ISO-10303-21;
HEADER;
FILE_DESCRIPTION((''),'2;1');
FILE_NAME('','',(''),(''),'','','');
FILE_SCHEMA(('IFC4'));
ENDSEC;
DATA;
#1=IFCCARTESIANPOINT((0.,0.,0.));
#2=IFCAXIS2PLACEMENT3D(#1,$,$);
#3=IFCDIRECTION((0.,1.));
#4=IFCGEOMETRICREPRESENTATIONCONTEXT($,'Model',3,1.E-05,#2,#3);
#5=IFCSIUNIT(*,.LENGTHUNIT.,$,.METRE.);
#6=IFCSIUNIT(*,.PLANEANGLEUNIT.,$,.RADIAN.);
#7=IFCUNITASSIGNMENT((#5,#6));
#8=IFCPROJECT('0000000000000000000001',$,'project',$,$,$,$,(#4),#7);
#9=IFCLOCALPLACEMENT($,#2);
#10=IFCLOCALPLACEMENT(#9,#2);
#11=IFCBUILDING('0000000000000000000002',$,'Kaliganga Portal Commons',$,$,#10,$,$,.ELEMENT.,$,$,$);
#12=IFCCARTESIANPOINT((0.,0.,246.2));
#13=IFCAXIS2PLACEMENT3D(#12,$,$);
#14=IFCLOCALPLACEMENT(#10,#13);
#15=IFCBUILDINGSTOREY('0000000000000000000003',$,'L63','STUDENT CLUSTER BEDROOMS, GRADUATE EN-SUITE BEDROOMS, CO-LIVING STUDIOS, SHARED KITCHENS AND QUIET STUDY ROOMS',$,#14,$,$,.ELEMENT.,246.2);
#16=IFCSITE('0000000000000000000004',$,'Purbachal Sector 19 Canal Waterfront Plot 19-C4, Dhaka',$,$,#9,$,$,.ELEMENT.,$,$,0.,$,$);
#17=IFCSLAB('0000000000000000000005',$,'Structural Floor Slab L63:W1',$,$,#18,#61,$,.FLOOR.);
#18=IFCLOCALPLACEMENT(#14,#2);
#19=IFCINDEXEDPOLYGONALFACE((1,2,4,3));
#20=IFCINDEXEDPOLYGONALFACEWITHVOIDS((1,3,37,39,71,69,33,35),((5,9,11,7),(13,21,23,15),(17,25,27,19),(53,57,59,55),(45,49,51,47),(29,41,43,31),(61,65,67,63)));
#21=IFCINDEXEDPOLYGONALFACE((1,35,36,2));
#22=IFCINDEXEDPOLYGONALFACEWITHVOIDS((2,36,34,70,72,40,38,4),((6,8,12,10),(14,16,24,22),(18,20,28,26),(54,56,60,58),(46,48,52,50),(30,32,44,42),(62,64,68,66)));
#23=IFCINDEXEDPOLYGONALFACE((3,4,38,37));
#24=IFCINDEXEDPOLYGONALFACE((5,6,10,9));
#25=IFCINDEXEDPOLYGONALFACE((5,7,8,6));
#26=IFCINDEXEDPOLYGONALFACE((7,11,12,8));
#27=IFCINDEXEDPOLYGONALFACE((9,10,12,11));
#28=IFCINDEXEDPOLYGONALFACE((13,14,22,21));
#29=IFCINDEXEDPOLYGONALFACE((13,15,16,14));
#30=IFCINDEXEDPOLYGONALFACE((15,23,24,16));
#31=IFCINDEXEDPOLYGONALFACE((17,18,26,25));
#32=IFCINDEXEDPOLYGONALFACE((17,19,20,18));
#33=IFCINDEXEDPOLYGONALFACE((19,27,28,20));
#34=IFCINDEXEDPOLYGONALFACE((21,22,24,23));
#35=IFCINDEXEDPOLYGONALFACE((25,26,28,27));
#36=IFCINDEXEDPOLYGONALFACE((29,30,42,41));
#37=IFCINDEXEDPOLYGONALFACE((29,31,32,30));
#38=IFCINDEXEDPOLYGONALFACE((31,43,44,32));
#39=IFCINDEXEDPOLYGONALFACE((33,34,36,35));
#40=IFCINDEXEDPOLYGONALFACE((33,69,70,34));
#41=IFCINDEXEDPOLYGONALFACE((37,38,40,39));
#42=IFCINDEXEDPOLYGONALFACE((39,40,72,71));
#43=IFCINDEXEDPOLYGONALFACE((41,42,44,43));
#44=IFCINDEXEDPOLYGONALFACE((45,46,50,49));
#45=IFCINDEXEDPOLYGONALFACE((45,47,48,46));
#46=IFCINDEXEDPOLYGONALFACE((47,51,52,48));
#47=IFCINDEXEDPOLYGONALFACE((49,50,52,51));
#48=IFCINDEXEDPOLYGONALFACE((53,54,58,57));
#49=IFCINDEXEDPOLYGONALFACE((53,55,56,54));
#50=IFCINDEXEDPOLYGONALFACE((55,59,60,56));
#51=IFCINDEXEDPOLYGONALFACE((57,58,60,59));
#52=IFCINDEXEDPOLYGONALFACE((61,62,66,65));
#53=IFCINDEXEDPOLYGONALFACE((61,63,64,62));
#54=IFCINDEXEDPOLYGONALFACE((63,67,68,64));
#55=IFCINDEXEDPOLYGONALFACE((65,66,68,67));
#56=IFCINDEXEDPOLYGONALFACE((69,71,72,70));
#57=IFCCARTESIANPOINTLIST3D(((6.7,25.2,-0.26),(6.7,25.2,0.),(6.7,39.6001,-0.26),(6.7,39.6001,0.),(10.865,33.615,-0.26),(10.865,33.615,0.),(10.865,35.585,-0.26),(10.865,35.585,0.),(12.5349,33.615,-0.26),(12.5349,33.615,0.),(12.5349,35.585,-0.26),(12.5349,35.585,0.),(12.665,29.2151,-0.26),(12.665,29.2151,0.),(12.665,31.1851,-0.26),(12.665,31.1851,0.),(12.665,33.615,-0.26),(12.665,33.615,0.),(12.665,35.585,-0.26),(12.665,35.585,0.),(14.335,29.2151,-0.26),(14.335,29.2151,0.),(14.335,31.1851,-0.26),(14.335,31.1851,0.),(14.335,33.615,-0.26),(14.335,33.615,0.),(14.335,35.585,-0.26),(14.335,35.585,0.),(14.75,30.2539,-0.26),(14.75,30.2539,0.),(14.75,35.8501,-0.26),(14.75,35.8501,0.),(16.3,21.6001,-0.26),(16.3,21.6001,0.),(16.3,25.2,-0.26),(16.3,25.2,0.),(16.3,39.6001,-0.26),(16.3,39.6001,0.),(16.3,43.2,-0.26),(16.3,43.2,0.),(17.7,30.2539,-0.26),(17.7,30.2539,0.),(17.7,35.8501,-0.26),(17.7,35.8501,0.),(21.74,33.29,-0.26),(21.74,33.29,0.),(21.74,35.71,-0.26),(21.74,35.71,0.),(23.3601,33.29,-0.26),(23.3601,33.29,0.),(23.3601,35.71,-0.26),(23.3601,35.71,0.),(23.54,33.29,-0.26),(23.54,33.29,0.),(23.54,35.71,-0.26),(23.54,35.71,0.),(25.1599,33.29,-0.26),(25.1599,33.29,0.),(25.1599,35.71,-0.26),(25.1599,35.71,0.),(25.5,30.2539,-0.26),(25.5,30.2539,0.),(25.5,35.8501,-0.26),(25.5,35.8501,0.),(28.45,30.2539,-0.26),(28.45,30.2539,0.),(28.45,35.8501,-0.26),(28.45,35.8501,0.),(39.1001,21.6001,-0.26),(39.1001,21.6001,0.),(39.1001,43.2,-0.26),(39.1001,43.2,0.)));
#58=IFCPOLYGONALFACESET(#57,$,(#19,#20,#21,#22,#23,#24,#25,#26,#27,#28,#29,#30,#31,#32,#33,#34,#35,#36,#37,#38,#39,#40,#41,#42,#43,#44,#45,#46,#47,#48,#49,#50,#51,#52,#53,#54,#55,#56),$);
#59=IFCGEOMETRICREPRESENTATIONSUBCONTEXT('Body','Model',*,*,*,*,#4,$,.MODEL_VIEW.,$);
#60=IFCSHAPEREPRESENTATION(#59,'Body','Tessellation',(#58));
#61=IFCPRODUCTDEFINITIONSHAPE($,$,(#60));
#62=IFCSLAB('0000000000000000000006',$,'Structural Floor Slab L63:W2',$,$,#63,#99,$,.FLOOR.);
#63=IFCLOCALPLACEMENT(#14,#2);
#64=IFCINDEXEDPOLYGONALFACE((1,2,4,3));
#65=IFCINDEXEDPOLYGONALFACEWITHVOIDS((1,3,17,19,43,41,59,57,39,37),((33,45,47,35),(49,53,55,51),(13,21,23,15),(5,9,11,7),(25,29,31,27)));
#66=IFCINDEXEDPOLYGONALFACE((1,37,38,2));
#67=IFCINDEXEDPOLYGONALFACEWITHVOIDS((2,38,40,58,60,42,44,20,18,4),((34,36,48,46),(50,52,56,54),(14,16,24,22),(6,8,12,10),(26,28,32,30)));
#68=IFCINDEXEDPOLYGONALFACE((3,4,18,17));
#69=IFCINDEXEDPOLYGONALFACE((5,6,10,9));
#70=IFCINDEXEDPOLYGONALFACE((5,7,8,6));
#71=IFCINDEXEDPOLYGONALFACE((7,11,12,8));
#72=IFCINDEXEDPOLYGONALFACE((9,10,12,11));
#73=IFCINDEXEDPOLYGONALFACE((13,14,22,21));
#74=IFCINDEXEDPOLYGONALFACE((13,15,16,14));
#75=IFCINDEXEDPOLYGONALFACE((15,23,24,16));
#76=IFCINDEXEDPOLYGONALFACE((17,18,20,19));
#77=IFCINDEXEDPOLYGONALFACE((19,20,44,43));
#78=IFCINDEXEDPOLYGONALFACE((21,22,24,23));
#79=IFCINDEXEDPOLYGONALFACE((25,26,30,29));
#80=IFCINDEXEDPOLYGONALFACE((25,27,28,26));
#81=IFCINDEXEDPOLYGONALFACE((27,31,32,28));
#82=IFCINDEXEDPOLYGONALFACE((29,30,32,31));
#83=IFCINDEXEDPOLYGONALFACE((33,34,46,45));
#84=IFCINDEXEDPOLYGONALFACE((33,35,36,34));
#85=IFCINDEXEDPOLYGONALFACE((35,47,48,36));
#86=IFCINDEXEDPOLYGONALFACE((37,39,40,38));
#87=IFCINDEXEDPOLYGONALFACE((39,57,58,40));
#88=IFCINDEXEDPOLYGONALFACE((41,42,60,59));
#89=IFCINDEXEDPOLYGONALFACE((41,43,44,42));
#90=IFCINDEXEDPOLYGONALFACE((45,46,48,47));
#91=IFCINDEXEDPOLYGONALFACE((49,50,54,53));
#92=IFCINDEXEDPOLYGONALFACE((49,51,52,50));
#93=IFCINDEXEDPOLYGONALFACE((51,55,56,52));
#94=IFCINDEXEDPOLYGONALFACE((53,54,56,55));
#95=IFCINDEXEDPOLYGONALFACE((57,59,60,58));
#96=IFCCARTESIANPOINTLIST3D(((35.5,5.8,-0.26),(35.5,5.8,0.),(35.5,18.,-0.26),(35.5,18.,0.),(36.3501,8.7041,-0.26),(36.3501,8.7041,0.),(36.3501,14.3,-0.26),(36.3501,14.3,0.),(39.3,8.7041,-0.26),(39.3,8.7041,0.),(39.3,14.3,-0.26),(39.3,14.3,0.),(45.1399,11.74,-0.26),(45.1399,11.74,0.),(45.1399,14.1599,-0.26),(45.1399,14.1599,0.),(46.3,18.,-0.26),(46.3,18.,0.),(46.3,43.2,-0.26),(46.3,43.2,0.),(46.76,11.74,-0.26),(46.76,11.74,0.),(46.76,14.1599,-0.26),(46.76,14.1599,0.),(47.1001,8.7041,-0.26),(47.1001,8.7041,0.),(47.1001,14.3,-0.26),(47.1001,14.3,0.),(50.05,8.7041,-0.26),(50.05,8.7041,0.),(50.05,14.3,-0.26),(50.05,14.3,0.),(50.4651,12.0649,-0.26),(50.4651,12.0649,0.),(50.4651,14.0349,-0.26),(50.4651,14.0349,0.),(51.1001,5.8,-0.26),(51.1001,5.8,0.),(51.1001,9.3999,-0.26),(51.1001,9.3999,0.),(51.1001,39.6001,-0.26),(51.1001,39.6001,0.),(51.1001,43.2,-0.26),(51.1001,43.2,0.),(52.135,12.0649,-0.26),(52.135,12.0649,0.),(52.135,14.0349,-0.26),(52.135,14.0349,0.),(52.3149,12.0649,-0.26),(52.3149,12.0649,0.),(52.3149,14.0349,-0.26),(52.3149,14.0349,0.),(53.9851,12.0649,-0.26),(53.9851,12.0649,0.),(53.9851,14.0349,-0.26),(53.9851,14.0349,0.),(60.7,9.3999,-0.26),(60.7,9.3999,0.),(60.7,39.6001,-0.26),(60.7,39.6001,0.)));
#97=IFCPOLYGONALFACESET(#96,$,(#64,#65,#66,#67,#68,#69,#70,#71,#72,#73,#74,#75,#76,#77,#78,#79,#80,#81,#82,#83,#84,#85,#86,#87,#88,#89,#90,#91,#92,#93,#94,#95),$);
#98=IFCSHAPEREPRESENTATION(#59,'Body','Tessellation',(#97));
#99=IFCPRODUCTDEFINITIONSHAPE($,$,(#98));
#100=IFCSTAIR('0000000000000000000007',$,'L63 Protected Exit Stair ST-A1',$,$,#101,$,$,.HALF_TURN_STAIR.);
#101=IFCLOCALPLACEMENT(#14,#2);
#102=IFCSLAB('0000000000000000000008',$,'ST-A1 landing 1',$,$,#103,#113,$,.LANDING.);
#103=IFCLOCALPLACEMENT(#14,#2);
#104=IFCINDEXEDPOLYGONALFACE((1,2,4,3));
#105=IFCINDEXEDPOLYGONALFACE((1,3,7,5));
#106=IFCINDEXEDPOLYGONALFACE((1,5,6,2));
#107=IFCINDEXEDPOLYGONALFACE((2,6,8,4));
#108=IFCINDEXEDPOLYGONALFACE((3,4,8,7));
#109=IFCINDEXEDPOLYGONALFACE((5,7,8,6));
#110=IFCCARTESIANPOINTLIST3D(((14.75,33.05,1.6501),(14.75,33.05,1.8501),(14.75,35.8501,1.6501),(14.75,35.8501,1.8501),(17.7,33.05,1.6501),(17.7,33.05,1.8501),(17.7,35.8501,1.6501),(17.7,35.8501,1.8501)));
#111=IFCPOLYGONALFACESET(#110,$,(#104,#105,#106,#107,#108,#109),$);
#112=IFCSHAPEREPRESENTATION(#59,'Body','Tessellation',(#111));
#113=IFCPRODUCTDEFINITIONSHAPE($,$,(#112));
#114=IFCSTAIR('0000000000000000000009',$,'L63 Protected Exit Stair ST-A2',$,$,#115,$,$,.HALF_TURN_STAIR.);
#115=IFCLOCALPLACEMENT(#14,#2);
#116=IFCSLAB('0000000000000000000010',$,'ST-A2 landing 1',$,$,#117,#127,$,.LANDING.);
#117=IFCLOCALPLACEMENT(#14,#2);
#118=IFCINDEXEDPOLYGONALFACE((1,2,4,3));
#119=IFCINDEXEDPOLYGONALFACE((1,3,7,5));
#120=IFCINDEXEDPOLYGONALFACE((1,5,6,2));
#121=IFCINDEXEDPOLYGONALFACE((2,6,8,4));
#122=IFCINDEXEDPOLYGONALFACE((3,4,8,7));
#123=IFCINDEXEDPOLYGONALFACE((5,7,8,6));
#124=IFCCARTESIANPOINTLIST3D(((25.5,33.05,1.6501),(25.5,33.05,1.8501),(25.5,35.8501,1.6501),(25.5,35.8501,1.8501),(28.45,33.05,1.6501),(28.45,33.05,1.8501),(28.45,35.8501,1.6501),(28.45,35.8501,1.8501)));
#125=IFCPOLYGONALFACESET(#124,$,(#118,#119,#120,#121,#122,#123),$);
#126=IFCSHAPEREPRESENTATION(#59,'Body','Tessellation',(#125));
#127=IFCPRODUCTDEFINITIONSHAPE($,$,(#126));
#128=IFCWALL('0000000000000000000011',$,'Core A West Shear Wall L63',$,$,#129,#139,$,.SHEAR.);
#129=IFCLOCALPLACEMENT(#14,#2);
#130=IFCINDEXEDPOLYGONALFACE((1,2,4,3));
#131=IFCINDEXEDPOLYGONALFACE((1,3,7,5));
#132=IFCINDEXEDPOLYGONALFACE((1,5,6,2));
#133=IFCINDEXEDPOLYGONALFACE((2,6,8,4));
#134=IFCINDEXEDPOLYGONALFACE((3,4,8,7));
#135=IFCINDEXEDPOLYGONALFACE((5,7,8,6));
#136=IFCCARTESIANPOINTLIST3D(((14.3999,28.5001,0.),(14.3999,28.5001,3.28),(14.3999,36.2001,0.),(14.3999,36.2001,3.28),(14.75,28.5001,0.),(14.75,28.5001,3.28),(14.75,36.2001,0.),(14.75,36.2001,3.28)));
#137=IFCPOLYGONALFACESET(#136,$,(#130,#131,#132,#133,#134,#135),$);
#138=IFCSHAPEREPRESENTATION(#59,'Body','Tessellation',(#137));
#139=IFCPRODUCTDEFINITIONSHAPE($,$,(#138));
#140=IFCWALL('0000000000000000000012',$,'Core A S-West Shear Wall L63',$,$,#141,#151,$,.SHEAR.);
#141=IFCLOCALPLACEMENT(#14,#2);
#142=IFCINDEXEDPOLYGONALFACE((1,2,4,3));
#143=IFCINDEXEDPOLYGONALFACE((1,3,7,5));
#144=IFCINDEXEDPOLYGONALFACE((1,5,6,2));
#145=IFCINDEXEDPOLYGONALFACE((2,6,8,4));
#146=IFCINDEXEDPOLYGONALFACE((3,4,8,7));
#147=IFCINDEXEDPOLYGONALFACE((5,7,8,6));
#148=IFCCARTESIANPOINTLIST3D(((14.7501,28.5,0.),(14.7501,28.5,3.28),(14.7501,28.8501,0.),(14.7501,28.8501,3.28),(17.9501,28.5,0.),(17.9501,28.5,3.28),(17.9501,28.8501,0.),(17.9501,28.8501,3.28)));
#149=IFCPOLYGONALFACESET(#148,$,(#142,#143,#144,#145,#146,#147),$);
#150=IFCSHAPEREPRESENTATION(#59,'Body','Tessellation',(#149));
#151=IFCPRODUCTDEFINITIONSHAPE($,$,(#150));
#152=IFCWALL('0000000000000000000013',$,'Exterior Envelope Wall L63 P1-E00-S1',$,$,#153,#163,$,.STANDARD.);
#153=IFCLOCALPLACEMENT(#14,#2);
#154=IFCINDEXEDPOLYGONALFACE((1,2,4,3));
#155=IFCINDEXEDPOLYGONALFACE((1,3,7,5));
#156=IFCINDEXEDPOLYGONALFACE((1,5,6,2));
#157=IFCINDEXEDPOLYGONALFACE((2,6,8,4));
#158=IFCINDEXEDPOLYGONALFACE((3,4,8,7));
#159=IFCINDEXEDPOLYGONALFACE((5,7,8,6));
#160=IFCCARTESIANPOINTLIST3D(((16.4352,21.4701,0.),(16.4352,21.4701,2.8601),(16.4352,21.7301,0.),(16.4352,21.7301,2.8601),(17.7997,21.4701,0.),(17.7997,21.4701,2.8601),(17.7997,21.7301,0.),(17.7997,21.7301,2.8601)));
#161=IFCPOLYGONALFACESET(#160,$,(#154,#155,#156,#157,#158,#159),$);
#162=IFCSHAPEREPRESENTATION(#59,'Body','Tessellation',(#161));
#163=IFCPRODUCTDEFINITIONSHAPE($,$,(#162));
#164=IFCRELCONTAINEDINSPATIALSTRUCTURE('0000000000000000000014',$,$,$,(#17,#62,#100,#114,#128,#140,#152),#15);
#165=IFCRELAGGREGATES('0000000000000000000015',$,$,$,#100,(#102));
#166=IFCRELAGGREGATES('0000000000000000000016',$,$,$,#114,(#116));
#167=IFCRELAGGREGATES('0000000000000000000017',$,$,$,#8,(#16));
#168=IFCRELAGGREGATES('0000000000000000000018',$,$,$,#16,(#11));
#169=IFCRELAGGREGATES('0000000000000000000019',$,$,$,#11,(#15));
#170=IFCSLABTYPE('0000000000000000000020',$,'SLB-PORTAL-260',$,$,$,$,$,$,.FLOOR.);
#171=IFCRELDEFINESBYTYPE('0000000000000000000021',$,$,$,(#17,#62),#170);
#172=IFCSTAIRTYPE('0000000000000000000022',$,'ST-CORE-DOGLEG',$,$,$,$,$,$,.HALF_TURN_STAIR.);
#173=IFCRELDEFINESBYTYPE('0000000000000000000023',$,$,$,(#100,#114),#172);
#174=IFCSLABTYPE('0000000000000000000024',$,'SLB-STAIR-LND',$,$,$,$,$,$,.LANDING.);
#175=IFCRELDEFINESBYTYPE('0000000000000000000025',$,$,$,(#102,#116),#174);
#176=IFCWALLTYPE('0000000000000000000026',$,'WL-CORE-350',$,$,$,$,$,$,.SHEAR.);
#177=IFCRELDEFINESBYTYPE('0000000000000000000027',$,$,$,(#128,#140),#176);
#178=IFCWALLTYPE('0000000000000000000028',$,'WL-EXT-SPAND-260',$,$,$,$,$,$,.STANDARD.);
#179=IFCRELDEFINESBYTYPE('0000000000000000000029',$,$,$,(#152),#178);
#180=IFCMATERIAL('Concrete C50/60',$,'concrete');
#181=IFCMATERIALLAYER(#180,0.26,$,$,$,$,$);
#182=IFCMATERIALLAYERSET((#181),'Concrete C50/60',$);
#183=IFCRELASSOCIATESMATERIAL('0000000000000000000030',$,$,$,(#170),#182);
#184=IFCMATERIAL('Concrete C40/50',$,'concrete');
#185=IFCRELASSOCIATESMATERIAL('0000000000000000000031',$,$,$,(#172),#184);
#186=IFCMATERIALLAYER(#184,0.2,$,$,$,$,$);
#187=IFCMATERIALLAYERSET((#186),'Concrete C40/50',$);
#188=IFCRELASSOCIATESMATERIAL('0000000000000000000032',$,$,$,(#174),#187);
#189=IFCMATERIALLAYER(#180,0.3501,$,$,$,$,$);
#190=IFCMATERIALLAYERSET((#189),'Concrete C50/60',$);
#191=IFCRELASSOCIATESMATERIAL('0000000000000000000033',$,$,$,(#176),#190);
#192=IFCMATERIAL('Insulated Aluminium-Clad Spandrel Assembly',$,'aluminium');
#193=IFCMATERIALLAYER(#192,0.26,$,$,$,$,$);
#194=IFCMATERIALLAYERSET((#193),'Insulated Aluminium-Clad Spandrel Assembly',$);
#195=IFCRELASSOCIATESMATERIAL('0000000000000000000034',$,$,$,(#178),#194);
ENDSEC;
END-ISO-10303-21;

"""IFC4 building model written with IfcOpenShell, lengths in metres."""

from ifc_helpers import new_model, si_unit, direction, frame, frame_2d, origin, place, context, subcontext, project, spatial, polyline, rectangle, outline, extrude, material, layer, layer_set, type_object, element, aggregate, save


model = new_model("IFC4")

# Units and contexts
model_context = context("Model", 3, precision=1e-05, world=origin(), true_north=direction((0.0, 1.0)))
body_context = subcontext(model_context, "Body", "Model", "MODEL_VIEW")
ifc_project = project(units=[si_unit("LENGTHUNIT", "METRE"), si_unit("PLANEANGLEUNIT", "RADIAN")], contexts=[model_context])

# Site, building, storey
site_placement = place(None, origin())
site = spatial("IfcSite", under=ifc_project, at=site_placement, Name="Purbachal Sector 19 Canal Waterfront Plot 19-C4, Dhaka", CompositionType="ELEMENT", RefElevation=0.0)
building_placement = place(site_placement, origin())
building = spatial("IfcBuilding", under=site, at=building_placement, Name="Kaliganga Portal Commons", CompositionType="ELEMENT")
storey_placement = place(building_placement, frame((0.0, 0.0, 246.2)))
storey = spatial("IfcBuildingStorey", under=building, at=storey_placement, Name="L63", Description="STUDENT CLUSTER BEDROOMS, GRADUATE EN-SUITE BEDROOMS, CO-LIVING STUDIOS, SHARED KITCHENS AND QUIET STUDY ROOMS", CompositionType="ELEMENT", Elevation=246.2)

# Shared definitions
ifc_material_1 = material(Name="Concrete C50/60", Category="concrete")

# Slabs
ifc_material_2 = material(Name="Concrete C40/50", Category="concrete")
ifc_layer_1 = layer(ifc_material_1, 0.26)
ifc_layer_set_1 = layer_set([ifc_layer_1], Name="Concrete C50/60")
slab_type_1 = type_object("IfcSlabType", Name="SLB-PORTAL-260", PredefinedType="FLOOR", material=ifc_layer_set_1)
slab_1_placement = place(storey_placement, frame((0.0, 0.0, -0.26)))
element("IfcSlab", 1, at=slab_1_placement, inside=storey, type_object=slab_type_1, Name="Structural Floor Slab L63:W1", PredefinedType="FLOOR", context=body_context, shape_type="SweptSolid", body=[
    extrude(outline(polyline([(16.3, 21.6001), (39.1001, 21.6001), (39.1001, 43.2), (16.3, 43.2), (16.3, 39.6001), (6.7, 39.6001), (6.7, 25.2), (16.3, 25.2), (16.3, 21.6001)]), holes=[polyline([(14.75, 30.2539), (14.75, 35.8501), (17.7, 35.8501), (17.7, 30.2539), (14.75, 30.2539)]), polyline([(25.5, 30.2539), (25.5, 35.8501), (28.45, 35.8501), (28.45, 30.2539), (25.5, 30.2539)]), polyline([(12.665, 33.615), (12.665, 35.585), (14.335, 35.585), (14.335, 33.615), (12.665, 33.615)]), polyline([(12.665, 29.2151), (12.665, 31.1851), (14.335, 31.1851), (14.335, 29.2151), (12.665, 29.2151)]), polyline([(10.865, 33.615), (10.865, 35.585), (12.5349, 35.585), (12.5349, 33.615), (10.865, 33.615)]), polyline([(21.74, 33.29), (21.74, 35.71), (23.3601, 35.71), (23.3601, 33.29), (21.74, 33.29)]), polyline([(23.54, 33.29), (23.54, 35.71), (25.1599, 35.71), (25.1599, 33.29), (23.54, 33.29)])]), origin(), (0.0, 0.0, 1.0), 0.26),
])
slab_2_placement = place(storey_placement, frame((0.0, 0.0, -0.26)))
element("IfcSlab", 2, at=slab_2_placement, inside=storey, type_object=slab_type_1, Name="Structural Floor Slab L63:W2", PredefinedType="FLOOR", context=body_context, shape_type="SweptSolid", body=[
    extrude(outline(polyline([(35.5, 5.8), (51.1001, 5.8), (51.1001, 9.3999), (60.7, 9.3999), (60.7, 39.6001), (51.1001, 39.6001), (51.1001, 43.2), (46.3, 43.2), (46.3, 18.0), (35.5, 18.0), (35.5, 5.8)]), holes=[polyline([(36.3501, 8.7041), (36.3501, 14.3), (39.3, 14.3), (39.3, 8.7041), (36.3501, 8.7041)]), polyline([(47.1001, 8.7041), (47.1001, 14.3), (50.05, 14.3), (50.05, 8.7041), (47.1001, 8.7041)]), polyline([(50.4651, 12.0649), (50.4651, 14.0349), (52.135, 14.0349), (52.135, 12.0649), (50.4651, 12.0649)]), polyline([(52.3149, 12.0649), (52.3149, 14.0349), (53.9851, 14.0349), (53.9851, 12.0649), (52.3149, 12.0649)]), polyline([(45.1399, 11.74), (45.1399, 14.1599), (46.76, 14.1599), (46.76, 11.74), (45.1399, 11.74)])]), origin(), (0.0, 0.0, 1.0), 0.26),
])

# Stairs, slabs
stair_type = type_object("IfcStairType", Name="ST-CORE-DOGLEG", PredefinedType="HALF_TURN_STAIR", material=ifc_material_2)
stair_1_placement = place(storey_placement, origin())
stair_1 = element("IfcStair", 3, at=stair_1_placement, inside=storey, type_object=stair_type, Name="L63 Protected Exit Stair ST-A1", PredefinedType="HALF_TURN_STAIR")
ifc_layer_2 = layer(ifc_material_2, 0.2)
ifc_layer_set_2 = layer_set([ifc_layer_2], Name="Concrete C40/50")
slab_type_2 = type_object("IfcSlabType", Name="SLB-STAIR-LND", PredefinedType="LANDING", material=ifc_layer_set_2)
slab_3_placement = place(storey_placement, frame((0.0, 0.0, 1.6501)))
slab_3 = element("IfcSlab", 4, at=slab_3_placement, type_object=slab_type_2, Name="ST-A1 landing 1", PredefinedType="LANDING", context=body_context, shape_type="SweptSolid", body=[
    extrude(outline(polyline([(17.7, 33.05), (17.7, 35.8501), (14.75, 35.8501), (14.75, 33.05), (17.7, 33.05)])), origin(), (0.0, 0.0, 1.0), 0.2),
])
aggregate(stair_1, [slab_3])
stair_2_placement = place(storey_placement, origin())
stair_2 = element("IfcStair", 5, at=stair_2_placement, inside=storey, type_object=stair_type, Name="L63 Protected Exit Stair ST-A2", PredefinedType="HALF_TURN_STAIR")
slab_4_placement = place(storey_placement, frame((0.0, 0.0, 1.6501)))
slab_4 = element("IfcSlab", 6, at=slab_4_placement, type_object=slab_type_2, Name="ST-A2 landing 1", PredefinedType="LANDING", context=body_context, shape_type="SweptSolid", body=[
    extrude(outline(polyline([(28.45, 33.05), (28.45, 35.8501), (25.5, 35.8501), (25.5, 33.05), (28.45, 33.05)])), origin(), (0.0, 0.0, 1.0), 0.2),
])
aggregate(stair_2, [slab_4])

# Walls
ifc_layer_3 = layer(ifc_material_1, 0.3501)
ifc_layer_set_3 = layer_set([ifc_layer_3], Name="Concrete C50/60")
wall_type_1 = type_object("IfcWallType", Name="WL-CORE-350", PredefinedType="SHEAR", material=ifc_layer_set_3)
wall_1_placement = place(storey_placement, frame((14.575, 28.5, 0.0), z_axis=(0.0, 0.0, 1.0), x_axis=(0.0, 1.0, 0.0)))
element("IfcWall", 7, at=wall_1_placement, inside=storey, type_object=wall_type_1, Name="Core A West Shear Wall L63", PredefinedType="SHEAR", context=body_context, shape_type="SweptSolid", body=[
    extrude(rectangle(XDim=7.7, YDim=0.3501, at=frame_2d((3.8501, 0.0))), origin(), (0.0, 0.0, 1.0), 3.28),
])
wall_2_placement = place(storey_placement, frame((14.75, 28.675, 0.0), z_axis=(0.0, 0.0, 1.0), x_axis=(1.0, 0.0, 0.0)))
element("IfcWall", 8, at=wall_2_placement, inside=storey, type_object=wall_type_1, Name="Core A S-West Shear Wall L63", PredefinedType="SHEAR", context=body_context, shape_type="SweptSolid", body=[
    extrude(rectangle(XDim=3.2, YDim=0.3501, at=frame_2d((1.6001, 0.0))), origin(), (0.0, 0.0, 1.0), 3.28),
])
ifc_material_3 = material(Name="Insulated Aluminium-Clad Spandrel Assembly", Category="aluminium")
ifc_layer_4 = layer(ifc_material_3, 0.26)
ifc_layer_set_4 = layer_set([ifc_layer_4], Name="Insulated Aluminium-Clad Spandrel Assembly")
wall_type_2 = type_object("IfcWallType", Name="WL-EXT-SPAND-260", PredefinedType="STANDARD", material=ifc_layer_set_4)
wall_3_placement = place(storey_placement, frame((17.7996, 21.6001, 0.0), z_axis=(0.0, 0.0, 1.0), x_axis=(-1.0, 0.0, 0.0)))
element("IfcWall", 9, at=wall_3_placement, inside=storey, type_object=wall_type_2, Name="Exterior Envelope Wall L63 P1-E00-S1", PredefinedType="STANDARD", context=body_context, shape_type="SweptSolid", body=[
    extrude(rectangle(XDim=1.3645, YDim=0.26, at=frame_2d((0.6821, 0.0))), origin(), (0.0, 0.0, 1.0), 2.8601),
])

save(model, "model.ifc")
